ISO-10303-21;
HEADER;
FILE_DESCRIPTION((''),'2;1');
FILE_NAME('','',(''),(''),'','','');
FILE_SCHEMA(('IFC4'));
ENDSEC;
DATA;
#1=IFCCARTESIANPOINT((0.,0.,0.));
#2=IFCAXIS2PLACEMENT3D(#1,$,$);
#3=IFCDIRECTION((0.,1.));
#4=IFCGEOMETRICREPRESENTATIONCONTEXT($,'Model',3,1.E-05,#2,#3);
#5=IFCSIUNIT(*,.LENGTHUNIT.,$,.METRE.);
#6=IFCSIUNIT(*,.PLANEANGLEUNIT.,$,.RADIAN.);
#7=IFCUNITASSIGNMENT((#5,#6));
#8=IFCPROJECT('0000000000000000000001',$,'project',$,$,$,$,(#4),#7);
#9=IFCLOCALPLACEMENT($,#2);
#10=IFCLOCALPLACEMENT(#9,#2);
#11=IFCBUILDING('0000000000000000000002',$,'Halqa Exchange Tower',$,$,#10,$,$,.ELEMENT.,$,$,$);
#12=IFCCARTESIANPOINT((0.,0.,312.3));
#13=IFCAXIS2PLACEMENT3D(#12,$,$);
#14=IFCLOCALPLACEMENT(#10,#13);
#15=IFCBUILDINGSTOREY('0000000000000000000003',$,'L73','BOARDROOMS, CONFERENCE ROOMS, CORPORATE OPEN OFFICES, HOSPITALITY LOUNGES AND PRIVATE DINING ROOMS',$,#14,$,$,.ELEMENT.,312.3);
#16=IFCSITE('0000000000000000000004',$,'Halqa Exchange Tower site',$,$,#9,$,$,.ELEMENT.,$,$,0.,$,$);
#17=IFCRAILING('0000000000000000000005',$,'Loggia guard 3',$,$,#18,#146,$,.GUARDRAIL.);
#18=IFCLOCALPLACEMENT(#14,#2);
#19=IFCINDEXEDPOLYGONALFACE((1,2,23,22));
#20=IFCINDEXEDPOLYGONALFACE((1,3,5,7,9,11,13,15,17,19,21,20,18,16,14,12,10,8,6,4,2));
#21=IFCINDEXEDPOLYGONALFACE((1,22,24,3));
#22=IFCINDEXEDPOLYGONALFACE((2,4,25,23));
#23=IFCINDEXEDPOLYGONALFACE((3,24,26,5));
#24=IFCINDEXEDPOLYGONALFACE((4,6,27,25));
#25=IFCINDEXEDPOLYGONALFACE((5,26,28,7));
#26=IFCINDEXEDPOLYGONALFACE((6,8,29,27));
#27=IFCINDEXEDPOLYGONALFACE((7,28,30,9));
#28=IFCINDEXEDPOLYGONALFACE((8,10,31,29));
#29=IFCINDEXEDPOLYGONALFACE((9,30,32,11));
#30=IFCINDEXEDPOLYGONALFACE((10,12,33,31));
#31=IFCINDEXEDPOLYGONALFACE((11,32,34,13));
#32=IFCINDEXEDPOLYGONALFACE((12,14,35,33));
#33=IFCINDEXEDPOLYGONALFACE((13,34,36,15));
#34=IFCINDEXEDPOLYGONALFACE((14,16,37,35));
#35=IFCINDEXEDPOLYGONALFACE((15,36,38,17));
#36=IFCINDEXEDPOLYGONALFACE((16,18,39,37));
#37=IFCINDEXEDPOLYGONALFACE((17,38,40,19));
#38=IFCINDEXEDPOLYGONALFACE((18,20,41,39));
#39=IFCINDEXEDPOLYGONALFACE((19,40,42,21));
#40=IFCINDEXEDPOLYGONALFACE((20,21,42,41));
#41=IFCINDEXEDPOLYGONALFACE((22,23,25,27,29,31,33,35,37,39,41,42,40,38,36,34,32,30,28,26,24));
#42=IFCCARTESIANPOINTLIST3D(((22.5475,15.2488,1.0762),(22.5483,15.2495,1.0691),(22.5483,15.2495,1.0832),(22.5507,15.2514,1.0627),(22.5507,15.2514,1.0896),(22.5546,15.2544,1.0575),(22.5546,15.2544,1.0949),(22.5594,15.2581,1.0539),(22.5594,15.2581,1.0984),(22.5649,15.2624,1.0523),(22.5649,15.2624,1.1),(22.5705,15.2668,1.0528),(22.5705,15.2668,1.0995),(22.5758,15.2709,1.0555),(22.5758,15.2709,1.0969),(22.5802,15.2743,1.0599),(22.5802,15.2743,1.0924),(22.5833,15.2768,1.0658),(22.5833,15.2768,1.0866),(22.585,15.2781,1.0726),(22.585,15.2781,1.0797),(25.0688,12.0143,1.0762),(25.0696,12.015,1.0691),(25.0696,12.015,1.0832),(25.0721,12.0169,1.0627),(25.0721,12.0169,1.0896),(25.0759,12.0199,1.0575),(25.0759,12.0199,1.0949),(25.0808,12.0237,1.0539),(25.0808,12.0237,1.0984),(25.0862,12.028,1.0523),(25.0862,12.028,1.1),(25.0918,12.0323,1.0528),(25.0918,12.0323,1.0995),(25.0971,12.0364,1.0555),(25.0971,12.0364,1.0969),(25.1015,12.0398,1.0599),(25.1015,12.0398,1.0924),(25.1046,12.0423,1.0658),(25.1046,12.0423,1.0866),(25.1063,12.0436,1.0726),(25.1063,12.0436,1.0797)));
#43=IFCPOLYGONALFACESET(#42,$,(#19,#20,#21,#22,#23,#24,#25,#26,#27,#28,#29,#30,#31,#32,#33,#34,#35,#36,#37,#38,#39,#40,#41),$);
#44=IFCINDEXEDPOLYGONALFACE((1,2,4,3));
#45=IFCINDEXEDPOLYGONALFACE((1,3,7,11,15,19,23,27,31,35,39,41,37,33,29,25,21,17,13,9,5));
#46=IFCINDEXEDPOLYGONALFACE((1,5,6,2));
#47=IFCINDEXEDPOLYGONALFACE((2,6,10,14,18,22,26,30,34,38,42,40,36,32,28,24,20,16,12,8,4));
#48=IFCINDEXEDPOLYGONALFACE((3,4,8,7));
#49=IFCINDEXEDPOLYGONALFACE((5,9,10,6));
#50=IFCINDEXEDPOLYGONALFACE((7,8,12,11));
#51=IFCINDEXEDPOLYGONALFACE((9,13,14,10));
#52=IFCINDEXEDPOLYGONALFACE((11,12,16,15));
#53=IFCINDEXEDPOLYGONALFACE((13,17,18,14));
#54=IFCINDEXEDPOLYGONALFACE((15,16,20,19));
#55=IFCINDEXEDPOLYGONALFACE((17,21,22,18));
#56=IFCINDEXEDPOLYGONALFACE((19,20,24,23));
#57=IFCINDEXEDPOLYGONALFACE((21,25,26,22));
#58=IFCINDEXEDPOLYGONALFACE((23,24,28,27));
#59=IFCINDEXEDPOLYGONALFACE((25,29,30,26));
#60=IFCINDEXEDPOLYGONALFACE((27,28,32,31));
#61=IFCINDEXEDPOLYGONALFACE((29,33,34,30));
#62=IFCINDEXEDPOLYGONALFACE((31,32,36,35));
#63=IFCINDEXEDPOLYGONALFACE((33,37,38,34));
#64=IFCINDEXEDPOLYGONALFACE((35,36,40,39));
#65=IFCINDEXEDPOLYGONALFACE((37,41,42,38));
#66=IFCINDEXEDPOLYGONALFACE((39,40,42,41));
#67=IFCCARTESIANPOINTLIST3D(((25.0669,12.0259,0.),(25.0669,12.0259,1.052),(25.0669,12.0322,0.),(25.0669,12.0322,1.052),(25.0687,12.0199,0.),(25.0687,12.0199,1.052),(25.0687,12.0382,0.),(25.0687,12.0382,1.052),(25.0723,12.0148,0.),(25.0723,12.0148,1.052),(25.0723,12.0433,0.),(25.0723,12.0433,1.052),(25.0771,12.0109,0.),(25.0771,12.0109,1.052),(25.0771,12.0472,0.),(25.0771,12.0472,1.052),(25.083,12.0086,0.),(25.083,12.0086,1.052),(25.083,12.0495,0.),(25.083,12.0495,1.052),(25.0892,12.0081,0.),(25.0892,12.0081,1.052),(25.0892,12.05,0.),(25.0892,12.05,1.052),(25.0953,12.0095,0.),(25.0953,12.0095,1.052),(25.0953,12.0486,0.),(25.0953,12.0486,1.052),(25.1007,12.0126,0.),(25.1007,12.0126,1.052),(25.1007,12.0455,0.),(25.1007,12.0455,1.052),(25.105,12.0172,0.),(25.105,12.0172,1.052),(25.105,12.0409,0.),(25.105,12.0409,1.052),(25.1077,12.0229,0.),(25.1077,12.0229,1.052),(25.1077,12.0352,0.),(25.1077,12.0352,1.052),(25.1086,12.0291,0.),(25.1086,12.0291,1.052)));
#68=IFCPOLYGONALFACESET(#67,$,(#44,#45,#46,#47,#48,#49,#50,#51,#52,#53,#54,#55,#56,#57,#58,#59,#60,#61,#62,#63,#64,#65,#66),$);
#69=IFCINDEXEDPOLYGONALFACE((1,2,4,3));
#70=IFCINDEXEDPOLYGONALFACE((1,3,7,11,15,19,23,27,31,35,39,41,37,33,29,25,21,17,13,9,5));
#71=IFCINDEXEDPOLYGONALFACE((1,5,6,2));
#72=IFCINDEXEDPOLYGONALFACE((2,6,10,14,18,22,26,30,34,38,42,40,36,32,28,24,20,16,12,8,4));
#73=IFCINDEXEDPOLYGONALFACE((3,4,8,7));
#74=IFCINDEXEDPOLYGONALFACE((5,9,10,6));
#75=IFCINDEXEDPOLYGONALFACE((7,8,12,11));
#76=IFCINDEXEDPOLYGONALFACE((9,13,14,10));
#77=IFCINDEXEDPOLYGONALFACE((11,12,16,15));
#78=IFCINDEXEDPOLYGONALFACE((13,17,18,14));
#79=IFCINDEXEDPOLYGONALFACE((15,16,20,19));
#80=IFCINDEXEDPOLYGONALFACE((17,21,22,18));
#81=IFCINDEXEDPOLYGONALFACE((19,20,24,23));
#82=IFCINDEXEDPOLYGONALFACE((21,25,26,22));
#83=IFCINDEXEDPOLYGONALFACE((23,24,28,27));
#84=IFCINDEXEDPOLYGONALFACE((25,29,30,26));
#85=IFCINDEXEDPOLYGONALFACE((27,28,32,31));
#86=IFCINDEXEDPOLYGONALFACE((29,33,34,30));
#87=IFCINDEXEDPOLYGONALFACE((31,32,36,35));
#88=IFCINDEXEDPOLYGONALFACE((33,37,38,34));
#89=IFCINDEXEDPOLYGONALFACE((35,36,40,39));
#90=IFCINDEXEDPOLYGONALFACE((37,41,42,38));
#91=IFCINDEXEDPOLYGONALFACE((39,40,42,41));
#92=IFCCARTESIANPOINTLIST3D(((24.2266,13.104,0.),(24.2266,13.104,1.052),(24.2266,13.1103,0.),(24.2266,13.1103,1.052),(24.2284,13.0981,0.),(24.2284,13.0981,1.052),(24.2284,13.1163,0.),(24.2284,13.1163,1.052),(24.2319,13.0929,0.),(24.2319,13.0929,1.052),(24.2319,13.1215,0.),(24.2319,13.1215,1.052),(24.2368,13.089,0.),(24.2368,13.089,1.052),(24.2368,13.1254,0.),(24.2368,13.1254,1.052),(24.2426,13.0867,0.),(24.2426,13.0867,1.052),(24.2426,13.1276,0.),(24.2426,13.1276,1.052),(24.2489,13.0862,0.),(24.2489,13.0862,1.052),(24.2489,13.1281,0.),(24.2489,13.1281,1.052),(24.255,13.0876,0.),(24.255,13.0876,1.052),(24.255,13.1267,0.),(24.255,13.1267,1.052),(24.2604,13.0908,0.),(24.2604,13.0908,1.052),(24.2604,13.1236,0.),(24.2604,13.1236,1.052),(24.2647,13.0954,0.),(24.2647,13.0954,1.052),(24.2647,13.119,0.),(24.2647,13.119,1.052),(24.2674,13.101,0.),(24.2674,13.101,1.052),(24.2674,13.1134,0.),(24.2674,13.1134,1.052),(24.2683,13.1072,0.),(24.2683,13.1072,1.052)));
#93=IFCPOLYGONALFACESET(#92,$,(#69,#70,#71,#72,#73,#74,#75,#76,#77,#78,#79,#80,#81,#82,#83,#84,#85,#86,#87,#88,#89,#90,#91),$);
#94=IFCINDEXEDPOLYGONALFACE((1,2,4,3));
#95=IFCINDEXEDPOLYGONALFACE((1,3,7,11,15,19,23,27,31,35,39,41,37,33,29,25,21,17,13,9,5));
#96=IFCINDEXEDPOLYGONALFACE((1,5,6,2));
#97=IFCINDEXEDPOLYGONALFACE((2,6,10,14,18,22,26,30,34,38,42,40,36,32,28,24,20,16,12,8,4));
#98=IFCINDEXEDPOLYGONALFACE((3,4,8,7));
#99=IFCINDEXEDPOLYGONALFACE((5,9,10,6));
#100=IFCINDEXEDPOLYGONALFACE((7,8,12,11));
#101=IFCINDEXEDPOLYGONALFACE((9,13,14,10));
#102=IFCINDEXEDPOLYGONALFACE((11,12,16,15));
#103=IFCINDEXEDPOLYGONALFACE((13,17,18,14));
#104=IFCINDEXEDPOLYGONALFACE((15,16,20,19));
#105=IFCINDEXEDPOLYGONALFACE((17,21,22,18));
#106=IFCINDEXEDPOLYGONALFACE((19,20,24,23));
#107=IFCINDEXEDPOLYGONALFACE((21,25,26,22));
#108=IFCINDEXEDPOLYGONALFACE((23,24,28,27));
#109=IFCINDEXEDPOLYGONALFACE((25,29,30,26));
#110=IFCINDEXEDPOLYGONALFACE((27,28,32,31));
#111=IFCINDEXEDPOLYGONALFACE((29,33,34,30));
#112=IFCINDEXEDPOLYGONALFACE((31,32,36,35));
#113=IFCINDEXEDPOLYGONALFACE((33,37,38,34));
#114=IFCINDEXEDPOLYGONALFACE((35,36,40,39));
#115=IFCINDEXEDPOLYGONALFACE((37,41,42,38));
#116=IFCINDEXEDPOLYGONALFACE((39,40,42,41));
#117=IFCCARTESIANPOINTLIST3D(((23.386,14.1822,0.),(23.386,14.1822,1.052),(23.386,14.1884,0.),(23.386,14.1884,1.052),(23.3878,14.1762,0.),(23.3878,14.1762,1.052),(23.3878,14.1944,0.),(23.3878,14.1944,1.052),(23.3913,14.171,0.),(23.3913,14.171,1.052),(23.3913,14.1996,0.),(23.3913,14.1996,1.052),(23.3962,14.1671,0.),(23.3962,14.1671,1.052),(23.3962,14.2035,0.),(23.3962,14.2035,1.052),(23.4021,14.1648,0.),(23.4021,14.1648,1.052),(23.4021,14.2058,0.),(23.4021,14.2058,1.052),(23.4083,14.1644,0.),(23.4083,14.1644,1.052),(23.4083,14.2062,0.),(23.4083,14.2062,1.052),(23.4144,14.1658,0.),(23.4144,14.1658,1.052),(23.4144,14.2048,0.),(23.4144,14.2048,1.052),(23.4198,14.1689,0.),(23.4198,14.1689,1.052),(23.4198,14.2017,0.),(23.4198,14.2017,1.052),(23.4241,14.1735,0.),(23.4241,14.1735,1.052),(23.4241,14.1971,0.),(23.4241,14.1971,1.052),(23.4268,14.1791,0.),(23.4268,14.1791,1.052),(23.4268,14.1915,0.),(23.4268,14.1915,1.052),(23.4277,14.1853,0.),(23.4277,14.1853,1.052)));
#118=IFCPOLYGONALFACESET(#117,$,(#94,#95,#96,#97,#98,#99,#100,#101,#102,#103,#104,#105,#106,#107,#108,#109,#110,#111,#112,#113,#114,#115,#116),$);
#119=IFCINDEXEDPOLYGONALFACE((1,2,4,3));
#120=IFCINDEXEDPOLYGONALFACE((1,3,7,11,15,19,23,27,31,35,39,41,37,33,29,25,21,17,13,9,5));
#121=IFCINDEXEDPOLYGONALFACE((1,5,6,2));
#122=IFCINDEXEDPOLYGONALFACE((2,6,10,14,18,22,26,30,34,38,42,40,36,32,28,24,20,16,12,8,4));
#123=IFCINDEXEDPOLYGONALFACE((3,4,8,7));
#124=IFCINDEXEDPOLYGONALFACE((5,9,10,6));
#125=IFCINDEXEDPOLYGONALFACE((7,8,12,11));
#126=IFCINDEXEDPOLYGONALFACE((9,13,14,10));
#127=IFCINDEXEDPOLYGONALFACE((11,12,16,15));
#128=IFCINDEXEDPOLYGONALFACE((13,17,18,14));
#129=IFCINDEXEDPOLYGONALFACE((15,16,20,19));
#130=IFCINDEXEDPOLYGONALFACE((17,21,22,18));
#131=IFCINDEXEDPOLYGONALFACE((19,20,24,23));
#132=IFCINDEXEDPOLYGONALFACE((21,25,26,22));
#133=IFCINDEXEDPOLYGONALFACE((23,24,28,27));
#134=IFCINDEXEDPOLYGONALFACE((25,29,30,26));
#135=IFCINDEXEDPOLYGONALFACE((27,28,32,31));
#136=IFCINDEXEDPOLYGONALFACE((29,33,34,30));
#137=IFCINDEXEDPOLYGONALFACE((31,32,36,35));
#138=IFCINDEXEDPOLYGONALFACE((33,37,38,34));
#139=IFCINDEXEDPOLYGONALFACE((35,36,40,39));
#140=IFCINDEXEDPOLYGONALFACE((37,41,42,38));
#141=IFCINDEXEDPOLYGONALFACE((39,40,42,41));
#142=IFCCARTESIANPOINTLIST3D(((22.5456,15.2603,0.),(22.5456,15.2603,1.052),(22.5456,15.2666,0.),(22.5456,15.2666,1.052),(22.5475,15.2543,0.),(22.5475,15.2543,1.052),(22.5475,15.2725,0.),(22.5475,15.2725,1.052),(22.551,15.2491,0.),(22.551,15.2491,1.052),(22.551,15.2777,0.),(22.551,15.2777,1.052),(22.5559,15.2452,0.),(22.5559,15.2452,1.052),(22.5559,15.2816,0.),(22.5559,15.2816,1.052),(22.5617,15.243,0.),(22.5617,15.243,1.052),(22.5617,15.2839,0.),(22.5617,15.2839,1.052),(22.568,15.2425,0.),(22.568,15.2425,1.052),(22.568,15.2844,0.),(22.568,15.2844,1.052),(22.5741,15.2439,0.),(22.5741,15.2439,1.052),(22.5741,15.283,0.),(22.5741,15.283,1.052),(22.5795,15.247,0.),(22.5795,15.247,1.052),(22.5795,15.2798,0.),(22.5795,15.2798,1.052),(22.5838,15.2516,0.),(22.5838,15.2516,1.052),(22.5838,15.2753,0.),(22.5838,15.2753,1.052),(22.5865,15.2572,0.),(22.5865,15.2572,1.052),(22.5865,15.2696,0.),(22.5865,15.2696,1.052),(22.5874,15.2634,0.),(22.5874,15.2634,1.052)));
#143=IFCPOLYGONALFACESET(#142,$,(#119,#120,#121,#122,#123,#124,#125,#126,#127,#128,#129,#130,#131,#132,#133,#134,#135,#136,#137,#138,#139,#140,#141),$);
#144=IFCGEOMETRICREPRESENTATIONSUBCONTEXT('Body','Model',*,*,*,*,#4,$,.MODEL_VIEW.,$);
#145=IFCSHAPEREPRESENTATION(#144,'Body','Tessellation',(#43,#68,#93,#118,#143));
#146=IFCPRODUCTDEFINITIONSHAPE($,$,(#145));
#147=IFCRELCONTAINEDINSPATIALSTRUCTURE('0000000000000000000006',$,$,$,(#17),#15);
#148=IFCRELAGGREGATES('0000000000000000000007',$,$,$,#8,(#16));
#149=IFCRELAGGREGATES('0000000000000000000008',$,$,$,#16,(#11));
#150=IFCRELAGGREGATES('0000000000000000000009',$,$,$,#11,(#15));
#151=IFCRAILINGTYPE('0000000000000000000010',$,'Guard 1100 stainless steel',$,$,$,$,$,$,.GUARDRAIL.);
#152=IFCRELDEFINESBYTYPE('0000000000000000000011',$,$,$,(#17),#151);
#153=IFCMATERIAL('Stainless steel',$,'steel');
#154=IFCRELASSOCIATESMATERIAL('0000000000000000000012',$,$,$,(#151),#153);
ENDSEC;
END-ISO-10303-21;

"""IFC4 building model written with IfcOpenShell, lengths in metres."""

from ifc_helpers import new_model, si_unit, direction, frame, origin, origin_2d, place, context, subcontext, project, spatial, circle, extrude, material, type_object, element, save


model = new_model("IFC4")

# Units and contexts
model_context = context("Model", 3, precision=1e-05, world=origin(), true_north=direction((0.0, 1.0)))
body_context = subcontext(model_context, "Body", "Model", "MODEL_VIEW")
ifc_project = project(units=[si_unit("LENGTHUNIT", "METRE"), si_unit("PLANEANGLEUNIT", "RADIAN")], contexts=[model_context])

# Site, building, storey
site_placement = place(None, origin())
site = spatial("IfcSite", under=ifc_project, at=site_placement, Name="Halqa Exchange Tower site", CompositionType="ELEMENT", RefElevation=0.0)
building_placement = place(site_placement, origin())
building = spatial("IfcBuilding", under=site, at=building_placement, Name="Halqa Exchange Tower", CompositionType="ELEMENT")
storey_placement = place(building_placement, frame((0.0, 0.0, 312.3)))
storey = spatial("IfcBuildingStorey", under=building, at=storey_placement, Name="L73", Description="BOARDROOMS, CONFERENCE ROOMS, CORPORATE OPEN OFFICES, HOSPITALITY LOUNGES AND PRIVATE DINING ROOMS", CompositionType="ELEMENT", Elevation=312.3)

# Railing
ifc_material_1 = material(Name="Stainless steel", Category="steel")
railing_type = type_object("IfcRailingType", Name="Guard 1100 stainless steel", PredefinedType="GUARDRAIL", material=ifc_material_1)
railing_1_placement = place(storey_placement, frame((25.0876, 12.0291, 0.0)))
element("IfcRailing", 1, at=railing_1_placement, inside=storey, type_object=railing_type, Name="Loggia guard 3", PredefinedType="GUARDRAIL", context=body_context, shape_type="SweptSolid", body=[
    extrude(circle(Radius=0.0239, at=origin_2d()), frame((0.0, 0.0, 1.0762), z_axis=(-0.614793, 0.788688, 0.0), x_axis=(-0.788688, -0.614793, 0.0)), (0.0, 0.0, 1.0), 4.1011),
    extrude(circle(Radius=0.021, at=origin_2d()), origin(), (0.0, 0.0, 1.0), 1.052),
    extrude(circle(Radius=0.021, at=origin_2d()), frame((-0.8403, 1.0781, 0.0)), (0.0, 0.0, 1.0), 1.052),
    extrude(circle(Radius=0.021, at=origin_2d()), frame((-1.6809, 2.1562, 0.0)), (0.0, 0.0, 1.0), 1.052),
    extrude(circle(Radius=0.021, at=origin_2d()), frame((-2.5212, 3.2344, 0.0)), (0.0, 0.0, 1.0), 1.052),
])

save(model, "model.ifc")
